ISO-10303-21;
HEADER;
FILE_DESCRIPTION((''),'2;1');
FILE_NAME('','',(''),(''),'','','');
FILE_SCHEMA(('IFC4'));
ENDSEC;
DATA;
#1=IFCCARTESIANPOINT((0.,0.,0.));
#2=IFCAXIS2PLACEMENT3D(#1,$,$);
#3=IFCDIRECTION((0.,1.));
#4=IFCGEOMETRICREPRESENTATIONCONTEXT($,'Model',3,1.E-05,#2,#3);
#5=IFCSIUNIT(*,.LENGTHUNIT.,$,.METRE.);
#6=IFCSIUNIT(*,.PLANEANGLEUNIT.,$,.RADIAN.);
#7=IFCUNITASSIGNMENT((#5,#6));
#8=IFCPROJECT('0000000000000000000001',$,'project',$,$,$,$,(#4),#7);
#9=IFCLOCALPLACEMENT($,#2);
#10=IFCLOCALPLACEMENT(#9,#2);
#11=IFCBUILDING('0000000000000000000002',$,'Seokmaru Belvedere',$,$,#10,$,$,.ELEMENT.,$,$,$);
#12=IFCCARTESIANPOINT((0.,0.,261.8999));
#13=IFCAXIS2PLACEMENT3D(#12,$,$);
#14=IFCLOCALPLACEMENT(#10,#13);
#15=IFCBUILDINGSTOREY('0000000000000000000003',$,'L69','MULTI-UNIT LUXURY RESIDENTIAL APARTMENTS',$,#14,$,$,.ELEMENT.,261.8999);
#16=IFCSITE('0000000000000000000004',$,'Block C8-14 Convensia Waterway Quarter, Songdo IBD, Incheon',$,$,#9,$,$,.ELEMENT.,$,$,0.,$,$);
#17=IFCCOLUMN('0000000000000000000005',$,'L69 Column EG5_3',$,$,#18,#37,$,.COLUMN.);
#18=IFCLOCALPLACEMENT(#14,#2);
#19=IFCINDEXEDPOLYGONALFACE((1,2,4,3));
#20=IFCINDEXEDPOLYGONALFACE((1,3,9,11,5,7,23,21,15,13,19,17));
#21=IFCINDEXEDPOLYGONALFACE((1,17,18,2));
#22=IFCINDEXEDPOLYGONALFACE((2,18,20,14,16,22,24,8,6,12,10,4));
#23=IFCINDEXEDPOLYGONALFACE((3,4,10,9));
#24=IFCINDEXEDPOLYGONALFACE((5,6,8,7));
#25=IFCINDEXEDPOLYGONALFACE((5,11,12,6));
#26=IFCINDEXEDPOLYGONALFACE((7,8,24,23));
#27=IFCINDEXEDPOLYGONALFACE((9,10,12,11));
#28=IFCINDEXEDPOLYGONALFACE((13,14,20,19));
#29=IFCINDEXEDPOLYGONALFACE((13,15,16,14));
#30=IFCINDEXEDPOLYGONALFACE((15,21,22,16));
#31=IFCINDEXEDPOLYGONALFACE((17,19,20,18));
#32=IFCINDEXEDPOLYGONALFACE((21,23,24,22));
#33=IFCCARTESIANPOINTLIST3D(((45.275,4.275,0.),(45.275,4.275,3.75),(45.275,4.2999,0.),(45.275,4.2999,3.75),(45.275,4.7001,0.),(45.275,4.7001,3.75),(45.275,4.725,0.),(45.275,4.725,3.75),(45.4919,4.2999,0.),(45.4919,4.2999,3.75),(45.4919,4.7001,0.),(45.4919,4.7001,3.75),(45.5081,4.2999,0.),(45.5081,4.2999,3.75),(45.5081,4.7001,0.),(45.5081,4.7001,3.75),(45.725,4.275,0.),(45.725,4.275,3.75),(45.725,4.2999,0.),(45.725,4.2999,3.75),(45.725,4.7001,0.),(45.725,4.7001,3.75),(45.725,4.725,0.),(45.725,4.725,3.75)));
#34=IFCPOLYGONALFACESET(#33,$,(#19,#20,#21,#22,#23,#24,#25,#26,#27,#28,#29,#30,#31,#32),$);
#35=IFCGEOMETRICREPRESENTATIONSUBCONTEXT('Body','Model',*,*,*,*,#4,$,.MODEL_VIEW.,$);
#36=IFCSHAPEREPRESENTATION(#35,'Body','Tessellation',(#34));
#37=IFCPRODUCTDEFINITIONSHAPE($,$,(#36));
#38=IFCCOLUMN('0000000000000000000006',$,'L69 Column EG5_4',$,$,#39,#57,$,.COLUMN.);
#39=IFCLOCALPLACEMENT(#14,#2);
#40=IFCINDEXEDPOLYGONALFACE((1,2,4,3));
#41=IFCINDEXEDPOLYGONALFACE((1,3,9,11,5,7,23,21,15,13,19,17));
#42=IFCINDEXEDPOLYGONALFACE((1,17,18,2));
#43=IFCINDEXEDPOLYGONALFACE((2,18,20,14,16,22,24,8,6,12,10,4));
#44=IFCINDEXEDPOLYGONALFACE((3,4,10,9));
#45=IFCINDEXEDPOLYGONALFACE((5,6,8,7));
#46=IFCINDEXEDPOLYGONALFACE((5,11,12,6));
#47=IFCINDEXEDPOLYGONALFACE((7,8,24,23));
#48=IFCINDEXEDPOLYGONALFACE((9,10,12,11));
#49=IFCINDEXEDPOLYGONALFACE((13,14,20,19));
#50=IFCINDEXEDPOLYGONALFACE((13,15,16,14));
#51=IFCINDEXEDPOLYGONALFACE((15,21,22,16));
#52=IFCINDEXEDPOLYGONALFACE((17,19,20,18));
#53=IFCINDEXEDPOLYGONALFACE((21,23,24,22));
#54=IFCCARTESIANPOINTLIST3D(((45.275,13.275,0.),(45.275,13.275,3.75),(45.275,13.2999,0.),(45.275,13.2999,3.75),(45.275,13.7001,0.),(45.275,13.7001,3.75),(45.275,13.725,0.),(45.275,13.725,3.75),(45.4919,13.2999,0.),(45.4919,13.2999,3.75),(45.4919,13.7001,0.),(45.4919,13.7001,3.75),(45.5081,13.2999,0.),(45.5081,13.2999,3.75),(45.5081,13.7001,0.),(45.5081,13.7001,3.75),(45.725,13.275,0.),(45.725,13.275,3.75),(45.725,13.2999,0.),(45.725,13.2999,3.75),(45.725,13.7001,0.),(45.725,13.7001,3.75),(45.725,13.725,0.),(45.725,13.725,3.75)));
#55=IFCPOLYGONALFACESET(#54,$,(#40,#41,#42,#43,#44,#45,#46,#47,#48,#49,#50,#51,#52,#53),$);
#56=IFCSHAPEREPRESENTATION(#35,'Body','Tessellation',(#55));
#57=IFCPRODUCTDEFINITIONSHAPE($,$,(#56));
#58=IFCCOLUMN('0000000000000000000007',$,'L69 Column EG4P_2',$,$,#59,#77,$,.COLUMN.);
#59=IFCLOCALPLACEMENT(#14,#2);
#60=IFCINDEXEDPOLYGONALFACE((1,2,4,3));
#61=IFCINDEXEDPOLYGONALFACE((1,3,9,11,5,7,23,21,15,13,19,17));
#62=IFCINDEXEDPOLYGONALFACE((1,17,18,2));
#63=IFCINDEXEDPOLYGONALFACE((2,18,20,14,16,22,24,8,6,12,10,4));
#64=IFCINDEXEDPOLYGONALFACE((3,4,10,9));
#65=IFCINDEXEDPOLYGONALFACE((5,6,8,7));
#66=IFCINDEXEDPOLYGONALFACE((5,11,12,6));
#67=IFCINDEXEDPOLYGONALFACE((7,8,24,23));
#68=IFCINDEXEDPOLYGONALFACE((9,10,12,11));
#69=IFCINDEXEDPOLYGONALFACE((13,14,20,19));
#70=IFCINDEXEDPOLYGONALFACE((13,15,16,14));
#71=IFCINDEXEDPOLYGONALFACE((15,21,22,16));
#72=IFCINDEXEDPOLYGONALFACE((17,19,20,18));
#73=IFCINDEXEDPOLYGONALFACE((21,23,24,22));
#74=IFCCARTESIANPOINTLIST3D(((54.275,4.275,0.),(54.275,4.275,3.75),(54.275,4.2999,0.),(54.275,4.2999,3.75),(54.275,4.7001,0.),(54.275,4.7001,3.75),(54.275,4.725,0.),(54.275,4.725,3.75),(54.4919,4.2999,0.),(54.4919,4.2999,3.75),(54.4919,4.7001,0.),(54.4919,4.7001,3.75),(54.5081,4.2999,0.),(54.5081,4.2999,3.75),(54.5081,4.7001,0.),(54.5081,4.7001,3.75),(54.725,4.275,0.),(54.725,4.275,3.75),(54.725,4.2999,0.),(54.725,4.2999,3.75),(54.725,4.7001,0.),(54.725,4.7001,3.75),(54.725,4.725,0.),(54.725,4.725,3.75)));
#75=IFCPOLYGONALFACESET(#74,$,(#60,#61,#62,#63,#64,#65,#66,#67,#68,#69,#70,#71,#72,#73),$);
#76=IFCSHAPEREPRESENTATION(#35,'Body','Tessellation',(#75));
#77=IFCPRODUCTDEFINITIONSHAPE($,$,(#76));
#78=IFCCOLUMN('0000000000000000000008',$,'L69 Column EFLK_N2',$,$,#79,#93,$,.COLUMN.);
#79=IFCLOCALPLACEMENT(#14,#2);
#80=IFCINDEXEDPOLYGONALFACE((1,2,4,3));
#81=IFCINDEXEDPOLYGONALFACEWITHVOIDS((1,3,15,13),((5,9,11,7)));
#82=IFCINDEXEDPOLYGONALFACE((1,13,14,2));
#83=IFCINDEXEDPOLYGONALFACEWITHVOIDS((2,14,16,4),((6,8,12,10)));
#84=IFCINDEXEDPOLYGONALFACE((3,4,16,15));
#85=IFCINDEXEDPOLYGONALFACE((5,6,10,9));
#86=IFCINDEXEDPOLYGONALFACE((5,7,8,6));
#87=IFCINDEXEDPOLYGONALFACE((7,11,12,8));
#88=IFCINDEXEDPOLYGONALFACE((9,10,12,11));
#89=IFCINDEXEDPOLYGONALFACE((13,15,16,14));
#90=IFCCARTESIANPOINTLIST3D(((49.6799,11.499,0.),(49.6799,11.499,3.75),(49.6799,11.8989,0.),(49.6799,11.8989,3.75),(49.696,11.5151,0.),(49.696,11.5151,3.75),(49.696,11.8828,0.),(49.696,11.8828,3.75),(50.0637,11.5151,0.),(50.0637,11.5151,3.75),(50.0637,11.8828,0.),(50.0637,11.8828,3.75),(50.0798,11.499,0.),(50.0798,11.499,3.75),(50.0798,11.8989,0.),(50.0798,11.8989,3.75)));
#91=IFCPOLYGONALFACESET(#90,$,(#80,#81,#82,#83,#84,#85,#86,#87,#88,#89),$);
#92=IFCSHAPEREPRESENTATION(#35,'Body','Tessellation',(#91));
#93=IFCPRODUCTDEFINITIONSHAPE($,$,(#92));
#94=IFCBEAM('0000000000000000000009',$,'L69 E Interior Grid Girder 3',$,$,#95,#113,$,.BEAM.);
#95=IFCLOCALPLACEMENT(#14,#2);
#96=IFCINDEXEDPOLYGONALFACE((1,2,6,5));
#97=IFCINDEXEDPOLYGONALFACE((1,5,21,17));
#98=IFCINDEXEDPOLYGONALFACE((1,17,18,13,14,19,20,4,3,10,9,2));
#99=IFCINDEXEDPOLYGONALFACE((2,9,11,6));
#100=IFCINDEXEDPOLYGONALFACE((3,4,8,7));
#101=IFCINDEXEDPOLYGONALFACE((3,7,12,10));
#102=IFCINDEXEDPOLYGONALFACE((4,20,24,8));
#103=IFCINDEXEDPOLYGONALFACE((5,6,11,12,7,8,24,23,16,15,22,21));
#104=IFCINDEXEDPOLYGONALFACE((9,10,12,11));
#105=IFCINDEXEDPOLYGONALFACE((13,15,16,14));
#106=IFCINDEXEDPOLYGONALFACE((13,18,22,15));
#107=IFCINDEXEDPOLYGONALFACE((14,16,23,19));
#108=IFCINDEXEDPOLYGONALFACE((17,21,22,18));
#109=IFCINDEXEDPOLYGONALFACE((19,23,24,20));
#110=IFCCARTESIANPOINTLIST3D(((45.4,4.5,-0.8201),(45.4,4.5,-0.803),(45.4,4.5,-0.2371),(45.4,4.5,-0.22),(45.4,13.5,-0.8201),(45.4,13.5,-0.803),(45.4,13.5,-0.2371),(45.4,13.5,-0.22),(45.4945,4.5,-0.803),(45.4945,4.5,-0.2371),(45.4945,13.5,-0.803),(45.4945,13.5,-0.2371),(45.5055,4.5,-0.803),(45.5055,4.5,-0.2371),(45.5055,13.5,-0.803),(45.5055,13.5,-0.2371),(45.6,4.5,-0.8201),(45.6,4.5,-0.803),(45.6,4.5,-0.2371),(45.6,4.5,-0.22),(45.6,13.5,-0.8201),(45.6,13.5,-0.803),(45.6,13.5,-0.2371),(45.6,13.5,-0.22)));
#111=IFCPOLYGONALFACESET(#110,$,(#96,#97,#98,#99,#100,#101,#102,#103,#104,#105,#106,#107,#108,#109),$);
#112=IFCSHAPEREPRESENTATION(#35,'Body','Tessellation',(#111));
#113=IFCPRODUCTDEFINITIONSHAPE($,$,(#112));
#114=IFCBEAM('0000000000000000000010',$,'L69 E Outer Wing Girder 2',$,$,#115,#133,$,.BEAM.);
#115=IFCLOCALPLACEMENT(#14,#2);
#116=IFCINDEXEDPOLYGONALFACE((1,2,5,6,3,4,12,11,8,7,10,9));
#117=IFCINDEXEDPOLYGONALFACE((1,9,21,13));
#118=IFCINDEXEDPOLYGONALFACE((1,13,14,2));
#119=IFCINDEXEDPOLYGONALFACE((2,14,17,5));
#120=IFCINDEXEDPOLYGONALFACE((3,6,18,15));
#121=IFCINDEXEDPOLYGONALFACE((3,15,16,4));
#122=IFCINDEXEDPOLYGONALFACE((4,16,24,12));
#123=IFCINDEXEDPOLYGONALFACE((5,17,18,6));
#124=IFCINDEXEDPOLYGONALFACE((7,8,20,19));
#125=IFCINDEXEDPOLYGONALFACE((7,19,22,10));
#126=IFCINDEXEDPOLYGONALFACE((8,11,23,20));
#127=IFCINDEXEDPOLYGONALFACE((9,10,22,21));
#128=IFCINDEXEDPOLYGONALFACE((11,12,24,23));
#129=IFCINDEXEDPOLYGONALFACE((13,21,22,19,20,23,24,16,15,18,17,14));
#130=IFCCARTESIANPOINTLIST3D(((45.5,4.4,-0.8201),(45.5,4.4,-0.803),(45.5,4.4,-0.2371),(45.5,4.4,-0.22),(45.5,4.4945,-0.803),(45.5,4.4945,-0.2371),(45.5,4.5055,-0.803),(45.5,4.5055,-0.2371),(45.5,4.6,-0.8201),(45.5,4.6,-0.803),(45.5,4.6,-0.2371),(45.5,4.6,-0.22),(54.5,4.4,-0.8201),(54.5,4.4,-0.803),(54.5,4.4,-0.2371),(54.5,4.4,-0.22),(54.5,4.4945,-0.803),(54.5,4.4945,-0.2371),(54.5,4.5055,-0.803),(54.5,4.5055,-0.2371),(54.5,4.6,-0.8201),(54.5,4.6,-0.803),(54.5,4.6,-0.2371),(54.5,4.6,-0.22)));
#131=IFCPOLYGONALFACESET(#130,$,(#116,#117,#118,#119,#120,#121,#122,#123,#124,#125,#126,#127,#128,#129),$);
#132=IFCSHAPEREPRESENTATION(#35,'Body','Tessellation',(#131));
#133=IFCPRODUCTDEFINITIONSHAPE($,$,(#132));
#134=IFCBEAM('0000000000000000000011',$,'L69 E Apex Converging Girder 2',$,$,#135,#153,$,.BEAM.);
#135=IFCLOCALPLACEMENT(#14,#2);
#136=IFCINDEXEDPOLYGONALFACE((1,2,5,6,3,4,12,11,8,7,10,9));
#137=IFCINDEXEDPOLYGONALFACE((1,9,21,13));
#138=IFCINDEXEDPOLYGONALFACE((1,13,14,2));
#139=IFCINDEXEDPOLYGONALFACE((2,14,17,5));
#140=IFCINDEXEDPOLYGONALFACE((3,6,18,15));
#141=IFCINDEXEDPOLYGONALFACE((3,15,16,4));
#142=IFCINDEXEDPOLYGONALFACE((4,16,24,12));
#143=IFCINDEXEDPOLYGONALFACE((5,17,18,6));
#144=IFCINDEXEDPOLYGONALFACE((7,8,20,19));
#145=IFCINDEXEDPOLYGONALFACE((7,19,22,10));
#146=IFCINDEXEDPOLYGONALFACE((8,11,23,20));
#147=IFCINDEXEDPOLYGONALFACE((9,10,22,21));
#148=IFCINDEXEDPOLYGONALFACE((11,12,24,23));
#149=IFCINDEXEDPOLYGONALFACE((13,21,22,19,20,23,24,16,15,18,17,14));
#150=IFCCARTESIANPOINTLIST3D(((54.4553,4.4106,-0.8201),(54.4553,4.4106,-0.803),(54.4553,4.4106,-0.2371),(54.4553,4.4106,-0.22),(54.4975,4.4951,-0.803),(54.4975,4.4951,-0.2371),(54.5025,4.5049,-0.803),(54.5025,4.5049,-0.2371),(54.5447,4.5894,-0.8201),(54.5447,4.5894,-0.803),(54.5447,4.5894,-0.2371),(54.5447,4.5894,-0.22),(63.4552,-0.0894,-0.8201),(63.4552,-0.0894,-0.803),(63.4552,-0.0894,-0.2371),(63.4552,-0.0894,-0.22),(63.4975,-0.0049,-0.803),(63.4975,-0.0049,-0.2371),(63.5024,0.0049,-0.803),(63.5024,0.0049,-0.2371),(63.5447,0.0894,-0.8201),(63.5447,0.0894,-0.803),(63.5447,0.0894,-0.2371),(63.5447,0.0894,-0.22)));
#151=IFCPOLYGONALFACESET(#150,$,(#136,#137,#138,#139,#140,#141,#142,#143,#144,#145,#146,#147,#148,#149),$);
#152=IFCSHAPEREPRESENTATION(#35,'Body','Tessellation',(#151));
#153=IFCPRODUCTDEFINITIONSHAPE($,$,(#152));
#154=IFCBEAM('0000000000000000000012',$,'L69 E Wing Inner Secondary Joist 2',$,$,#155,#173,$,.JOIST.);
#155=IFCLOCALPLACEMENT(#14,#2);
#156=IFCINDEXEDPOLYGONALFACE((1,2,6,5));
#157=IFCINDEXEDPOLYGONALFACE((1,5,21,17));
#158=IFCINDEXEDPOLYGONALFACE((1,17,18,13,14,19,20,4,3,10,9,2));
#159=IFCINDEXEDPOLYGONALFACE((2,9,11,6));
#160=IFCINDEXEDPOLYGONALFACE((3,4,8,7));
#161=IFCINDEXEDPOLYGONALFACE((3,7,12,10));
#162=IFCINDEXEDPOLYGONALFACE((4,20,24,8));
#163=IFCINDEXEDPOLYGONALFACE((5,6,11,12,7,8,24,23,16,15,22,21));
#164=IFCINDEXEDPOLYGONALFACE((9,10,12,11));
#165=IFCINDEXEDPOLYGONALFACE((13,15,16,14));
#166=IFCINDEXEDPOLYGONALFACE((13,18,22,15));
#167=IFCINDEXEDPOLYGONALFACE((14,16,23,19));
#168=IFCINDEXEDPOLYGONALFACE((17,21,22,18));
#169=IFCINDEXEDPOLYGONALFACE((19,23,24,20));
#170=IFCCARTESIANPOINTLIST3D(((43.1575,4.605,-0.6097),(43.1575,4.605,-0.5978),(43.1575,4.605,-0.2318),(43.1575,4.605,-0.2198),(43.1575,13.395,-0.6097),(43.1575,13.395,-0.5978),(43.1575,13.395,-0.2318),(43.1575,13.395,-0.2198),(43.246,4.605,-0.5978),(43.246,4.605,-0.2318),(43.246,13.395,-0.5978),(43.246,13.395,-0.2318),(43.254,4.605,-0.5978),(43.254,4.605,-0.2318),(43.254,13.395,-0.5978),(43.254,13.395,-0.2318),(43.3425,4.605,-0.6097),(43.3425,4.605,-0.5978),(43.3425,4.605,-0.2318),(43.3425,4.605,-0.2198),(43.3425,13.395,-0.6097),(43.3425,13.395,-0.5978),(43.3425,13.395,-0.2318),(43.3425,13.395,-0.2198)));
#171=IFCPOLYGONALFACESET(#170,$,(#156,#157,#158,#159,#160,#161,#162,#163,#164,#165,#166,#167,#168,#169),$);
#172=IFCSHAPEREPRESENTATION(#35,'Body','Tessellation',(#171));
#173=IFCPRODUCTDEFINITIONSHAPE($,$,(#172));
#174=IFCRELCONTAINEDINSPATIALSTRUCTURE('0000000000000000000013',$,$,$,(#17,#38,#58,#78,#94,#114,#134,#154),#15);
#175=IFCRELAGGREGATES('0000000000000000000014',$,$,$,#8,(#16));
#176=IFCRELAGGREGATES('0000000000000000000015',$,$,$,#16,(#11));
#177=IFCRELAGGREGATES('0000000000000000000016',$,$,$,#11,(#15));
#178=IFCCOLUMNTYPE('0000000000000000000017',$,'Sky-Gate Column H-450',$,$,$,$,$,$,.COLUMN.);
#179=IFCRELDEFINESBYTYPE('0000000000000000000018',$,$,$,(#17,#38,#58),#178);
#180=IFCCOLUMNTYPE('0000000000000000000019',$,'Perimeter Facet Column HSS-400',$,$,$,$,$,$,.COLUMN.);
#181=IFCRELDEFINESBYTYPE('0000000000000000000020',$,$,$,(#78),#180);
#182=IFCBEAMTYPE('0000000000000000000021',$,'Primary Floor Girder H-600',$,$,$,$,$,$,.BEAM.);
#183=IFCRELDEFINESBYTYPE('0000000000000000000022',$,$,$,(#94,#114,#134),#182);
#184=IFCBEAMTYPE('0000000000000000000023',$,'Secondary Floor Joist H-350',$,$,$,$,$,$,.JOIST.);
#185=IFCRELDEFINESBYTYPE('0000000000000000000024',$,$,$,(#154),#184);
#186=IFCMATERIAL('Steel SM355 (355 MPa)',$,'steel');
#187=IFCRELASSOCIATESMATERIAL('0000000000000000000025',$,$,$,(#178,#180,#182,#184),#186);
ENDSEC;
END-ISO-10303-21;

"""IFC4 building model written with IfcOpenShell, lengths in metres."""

from ifc_helpers import new_model, si_unit, direction, frame, origin, origin_2d, place, context, subcontext, project, spatial, hollow_rectangle, i_section, extrude, source, transform, mapped, material, material_profile, profile_set, type_object, type_shapes, element, save


model = new_model("IFC4")

# Units and contexts
model_context = context("Model", 3, precision=1e-05, world=origin(), true_north=direction((0.0, 1.0)))
body_context = subcontext(model_context, "Body", "Model", "MODEL_VIEW")
ifc_project = project(units=[si_unit("LENGTHUNIT", "METRE"), si_unit("PLANEANGLEUNIT", "RADIAN")], contexts=[model_context])

# Site, building, storey
site_placement = place(None, origin())
site = spatial("IfcSite", under=ifc_project, at=site_placement, Name="Block C8-14 Convensia Waterway Quarter, Songdo IBD, Incheon", CompositionType="ELEMENT", RefElevation=0.0)
building_placement = place(site_placement, origin())
building = spatial("IfcBuilding", under=site, at=building_placement, Name="Seokmaru Belvedere", CompositionType="ELEMENT")
storey_placement = place(building_placement, frame((0.0, 0.0, 261.8999)))
storey = spatial("IfcBuildingStorey", under=building, at=storey_placement, Name="L69", Description="MULTI-UNIT LUXURY RESIDENTIAL APARTMENTS", CompositionType="ELEMENT", Elevation=261.8999)

# Columns
ifc_material_1 = material(Name="Steel SM355 (355 MPa)", Category="steel")
ifc_material_profile_1 = material_profile(ifc_material_1, i_section(OverallWidth=0.45, OverallDepth=0.45, WebThickness=0.0161, FlangeThickness=0.0249, at=origin_2d()), Name="H-450x450x16x25")
ifc_profile_set_1 = profile_set([ifc_material_profile_1], Name="Steel SM355 (355 MPa)")
column_type_1 = type_object("IfcColumnType", Name="Sky-Gate Column H-450", PredefinedType="COLUMN", material=ifc_profile_set_1)
shared_shape_1 = source(origin(), body_context, "Body", "SweptSolid", [
    extrude(i_section(OverallWidth=0.45, OverallDepth=0.45, WebThickness=0.0161, FlangeThickness=0.0249, at=origin_2d()), origin(), (0.0, 0.0, 1.0), 3.75),
])
type_shapes(column_type_1, [shared_shape_1])
for number, where, z_axis, x_axis, name in (
    (1, (45.5, 4.5, 0.0), (0.0, 0.0, 1.0), (1.0, 0.0, 0.0), "L69 Column EG5_3"),
    (2, (45.5, 13.5, 0.0), (0.0, 0.0, 1.0), (1.0, 0.0, 0.0), "L69 Column EG5_4"),
    (3, (54.5, 4.5, 0.0), (0.0, 0.0, 1.0), (1.0, 0.0, 0.0), "L69 Column EG4P_2"),
):
    element("IfcColumn", number, at=place(storey_placement, frame(where, z_axis=z_axis, x_axis=x_axis)), inside=storey, type_object=column_type_1, Name=name, PredefinedType="COLUMN", context=body_context, shape_type="MappedRepresentation", body=[
        mapped(shared_shape_1, transform((0.0, 0.0, 0.0), scale=1.0)),
    ])
ifc_material_profile_2 = material_profile(ifc_material_1, hollow_rectangle(XDim=0.3999, YDim=0.3999, WallThickness=0.0161, at=origin_2d()), Name="HSS-400x400x16")
ifc_profile_set_2 = profile_set([ifc_material_profile_2], Name="Steel SM355 (355 MPa)")
column_type_2 = type_object("IfcColumnType", Name="Perimeter Facet Column HSS-400", PredefinedType="COLUMN", material=ifc_profile_set_2)
shared_shape_2 = source(origin(), body_context, "Body", "SweptSolid", [
    extrude(hollow_rectangle(XDim=0.3999, YDim=0.3999, WallThickness=0.0161, at=origin_2d()), origin(), (0.0, 0.0, 1.0), 3.75),
])
type_shapes(column_type_2, [shared_shape_2])
column_placement = place(storey_placement, frame((49.8799, 11.699, 0.0), z_axis=(0.0, 0.0, 1.0), x_axis=(1.0, 0.0, 0.0)))
element("IfcColumn", 4, at=column_placement, inside=storey, type_object=column_type_2, Name="L69 Column EFLK_N2", PredefinedType="COLUMN", context=body_context, shape_type="MappedRepresentation", body=[
    mapped(shared_shape_2, transform((0.0, 0.0, 0.0), scale=1.0)),
])

# Beams
ifc_material_profile_3 = material_profile(ifc_material_1, i_section(OverallWidth=0.2, OverallDepth=0.6001, WebThickness=0.011, FlangeThickness=0.0171, at=origin_2d()), Name="H-600x200x11x17")
ifc_profile_set_3 = profile_set([ifc_material_profile_3], Name="Steel SM355 (355 MPa)")
beam_type_1 = type_object("IfcBeamType", Name="Primary Floor Girder H-600", PredefinedType="BEAM", material=ifc_profile_set_3)
shared_shape_3 = source(origin(), body_context, "Body", "SweptSolid", [
    extrude(i_section(OverallWidth=0.2, OverallDepth=0.6001, WebThickness=0.011, FlangeThickness=0.0171, at=origin_2d()), origin(), (0.0, 0.0, 1.0), 9.0),
])
for number, where, z_axis, x_axis, name in (
    (5, (45.5, 4.5, -0.52), (0.0, 1.0, 0.0), (-1.0, 0.0, 0.0), "L69 E Interior Grid Girder 3"),
    (6, (45.5, 4.5, -0.52), (1.0, 0.0, 0.0), (0.0, 1.0, 0.0), "L69 E Outer Wing Girder 2"),
):
    element("IfcBeam", number, at=place(storey_placement, frame(where, z_axis=z_axis, x_axis=x_axis)), inside=storey, type_object=beam_type_1, Name=name, PredefinedType="BEAM", context=body_context, shape_type="MappedRepresentation", body=[
        mapped(shared_shape_3, transform((0.0, 0.0, 0.0), scale=1.0)),
    ])
shared_shape_4 = source(origin(), body_context, "Body", "SweptSolid", [
    extrude(i_section(OverallWidth=0.2, OverallDepth=0.6001, WebThickness=0.011, FlangeThickness=0.0171, at=origin_2d()), origin(), (0.0, 0.0, 1.0), 10.0623),
])
beam_1_placement = place(storey_placement, frame((54.5, 4.5, -0.52), z_axis=(0.894427, -0.447214, 0.0), x_axis=(0.447214, 0.894427, 0.0)))
element("IfcBeam", 7, at=beam_1_placement, inside=storey, type_object=beam_type_1, Name="L69 E Apex Converging Girder 2", PredefinedType="BEAM", context=body_context, shape_type="MappedRepresentation", body=[
    mapped(shared_shape_4, transform((0.0, 0.0, 0.0), scale=1.0)),
])
ifc_material_profile_4 = material_profile(ifc_material_1, i_section(OverallWidth=0.1851, OverallDepth=0.3899, WebThickness=0.0081, FlangeThickness=0.012, at=origin_2d()), Name="H-390x185x8x12")
ifc_profile_set_4 = profile_set([ifc_material_profile_4], Name="Steel SM355 (355 MPa)")
beam_type_2 = type_object("IfcBeamType", Name="Secondary Floor Joist H-350", PredefinedType="JOIST", material=ifc_profile_set_4)
shared_shape_5 = source(origin(), body_context, "Body", "SweptSolid", [
    extrude(i_section(OverallWidth=0.1851, OverallDepth=0.3899, WebThickness=0.0081, FlangeThickness=0.012, at=origin_2d()), origin(), (0.0, 0.0, 1.0), 8.79),
])
type_shapes(beam_type_2, [shared_shape_5])
beam_2_placement = place(storey_placement, frame((43.25, 4.605, -0.4148), z_axis=(0.0, 1.0, 0.0), x_axis=(-1.0, 0.0, 0.0)))
element("IfcBeam", 8, at=beam_2_placement, inside=storey, type_object=beam_type_2, Name="L69 E Wing Inner Secondary Joist 2", PredefinedType="JOIST", context=body_context, shape_type="MappedRepresentation", body=[
    mapped(shared_shape_5, transform((0.0, 0.0, 0.0), scale=1.0)),
])

save(model, "model.ifc")
